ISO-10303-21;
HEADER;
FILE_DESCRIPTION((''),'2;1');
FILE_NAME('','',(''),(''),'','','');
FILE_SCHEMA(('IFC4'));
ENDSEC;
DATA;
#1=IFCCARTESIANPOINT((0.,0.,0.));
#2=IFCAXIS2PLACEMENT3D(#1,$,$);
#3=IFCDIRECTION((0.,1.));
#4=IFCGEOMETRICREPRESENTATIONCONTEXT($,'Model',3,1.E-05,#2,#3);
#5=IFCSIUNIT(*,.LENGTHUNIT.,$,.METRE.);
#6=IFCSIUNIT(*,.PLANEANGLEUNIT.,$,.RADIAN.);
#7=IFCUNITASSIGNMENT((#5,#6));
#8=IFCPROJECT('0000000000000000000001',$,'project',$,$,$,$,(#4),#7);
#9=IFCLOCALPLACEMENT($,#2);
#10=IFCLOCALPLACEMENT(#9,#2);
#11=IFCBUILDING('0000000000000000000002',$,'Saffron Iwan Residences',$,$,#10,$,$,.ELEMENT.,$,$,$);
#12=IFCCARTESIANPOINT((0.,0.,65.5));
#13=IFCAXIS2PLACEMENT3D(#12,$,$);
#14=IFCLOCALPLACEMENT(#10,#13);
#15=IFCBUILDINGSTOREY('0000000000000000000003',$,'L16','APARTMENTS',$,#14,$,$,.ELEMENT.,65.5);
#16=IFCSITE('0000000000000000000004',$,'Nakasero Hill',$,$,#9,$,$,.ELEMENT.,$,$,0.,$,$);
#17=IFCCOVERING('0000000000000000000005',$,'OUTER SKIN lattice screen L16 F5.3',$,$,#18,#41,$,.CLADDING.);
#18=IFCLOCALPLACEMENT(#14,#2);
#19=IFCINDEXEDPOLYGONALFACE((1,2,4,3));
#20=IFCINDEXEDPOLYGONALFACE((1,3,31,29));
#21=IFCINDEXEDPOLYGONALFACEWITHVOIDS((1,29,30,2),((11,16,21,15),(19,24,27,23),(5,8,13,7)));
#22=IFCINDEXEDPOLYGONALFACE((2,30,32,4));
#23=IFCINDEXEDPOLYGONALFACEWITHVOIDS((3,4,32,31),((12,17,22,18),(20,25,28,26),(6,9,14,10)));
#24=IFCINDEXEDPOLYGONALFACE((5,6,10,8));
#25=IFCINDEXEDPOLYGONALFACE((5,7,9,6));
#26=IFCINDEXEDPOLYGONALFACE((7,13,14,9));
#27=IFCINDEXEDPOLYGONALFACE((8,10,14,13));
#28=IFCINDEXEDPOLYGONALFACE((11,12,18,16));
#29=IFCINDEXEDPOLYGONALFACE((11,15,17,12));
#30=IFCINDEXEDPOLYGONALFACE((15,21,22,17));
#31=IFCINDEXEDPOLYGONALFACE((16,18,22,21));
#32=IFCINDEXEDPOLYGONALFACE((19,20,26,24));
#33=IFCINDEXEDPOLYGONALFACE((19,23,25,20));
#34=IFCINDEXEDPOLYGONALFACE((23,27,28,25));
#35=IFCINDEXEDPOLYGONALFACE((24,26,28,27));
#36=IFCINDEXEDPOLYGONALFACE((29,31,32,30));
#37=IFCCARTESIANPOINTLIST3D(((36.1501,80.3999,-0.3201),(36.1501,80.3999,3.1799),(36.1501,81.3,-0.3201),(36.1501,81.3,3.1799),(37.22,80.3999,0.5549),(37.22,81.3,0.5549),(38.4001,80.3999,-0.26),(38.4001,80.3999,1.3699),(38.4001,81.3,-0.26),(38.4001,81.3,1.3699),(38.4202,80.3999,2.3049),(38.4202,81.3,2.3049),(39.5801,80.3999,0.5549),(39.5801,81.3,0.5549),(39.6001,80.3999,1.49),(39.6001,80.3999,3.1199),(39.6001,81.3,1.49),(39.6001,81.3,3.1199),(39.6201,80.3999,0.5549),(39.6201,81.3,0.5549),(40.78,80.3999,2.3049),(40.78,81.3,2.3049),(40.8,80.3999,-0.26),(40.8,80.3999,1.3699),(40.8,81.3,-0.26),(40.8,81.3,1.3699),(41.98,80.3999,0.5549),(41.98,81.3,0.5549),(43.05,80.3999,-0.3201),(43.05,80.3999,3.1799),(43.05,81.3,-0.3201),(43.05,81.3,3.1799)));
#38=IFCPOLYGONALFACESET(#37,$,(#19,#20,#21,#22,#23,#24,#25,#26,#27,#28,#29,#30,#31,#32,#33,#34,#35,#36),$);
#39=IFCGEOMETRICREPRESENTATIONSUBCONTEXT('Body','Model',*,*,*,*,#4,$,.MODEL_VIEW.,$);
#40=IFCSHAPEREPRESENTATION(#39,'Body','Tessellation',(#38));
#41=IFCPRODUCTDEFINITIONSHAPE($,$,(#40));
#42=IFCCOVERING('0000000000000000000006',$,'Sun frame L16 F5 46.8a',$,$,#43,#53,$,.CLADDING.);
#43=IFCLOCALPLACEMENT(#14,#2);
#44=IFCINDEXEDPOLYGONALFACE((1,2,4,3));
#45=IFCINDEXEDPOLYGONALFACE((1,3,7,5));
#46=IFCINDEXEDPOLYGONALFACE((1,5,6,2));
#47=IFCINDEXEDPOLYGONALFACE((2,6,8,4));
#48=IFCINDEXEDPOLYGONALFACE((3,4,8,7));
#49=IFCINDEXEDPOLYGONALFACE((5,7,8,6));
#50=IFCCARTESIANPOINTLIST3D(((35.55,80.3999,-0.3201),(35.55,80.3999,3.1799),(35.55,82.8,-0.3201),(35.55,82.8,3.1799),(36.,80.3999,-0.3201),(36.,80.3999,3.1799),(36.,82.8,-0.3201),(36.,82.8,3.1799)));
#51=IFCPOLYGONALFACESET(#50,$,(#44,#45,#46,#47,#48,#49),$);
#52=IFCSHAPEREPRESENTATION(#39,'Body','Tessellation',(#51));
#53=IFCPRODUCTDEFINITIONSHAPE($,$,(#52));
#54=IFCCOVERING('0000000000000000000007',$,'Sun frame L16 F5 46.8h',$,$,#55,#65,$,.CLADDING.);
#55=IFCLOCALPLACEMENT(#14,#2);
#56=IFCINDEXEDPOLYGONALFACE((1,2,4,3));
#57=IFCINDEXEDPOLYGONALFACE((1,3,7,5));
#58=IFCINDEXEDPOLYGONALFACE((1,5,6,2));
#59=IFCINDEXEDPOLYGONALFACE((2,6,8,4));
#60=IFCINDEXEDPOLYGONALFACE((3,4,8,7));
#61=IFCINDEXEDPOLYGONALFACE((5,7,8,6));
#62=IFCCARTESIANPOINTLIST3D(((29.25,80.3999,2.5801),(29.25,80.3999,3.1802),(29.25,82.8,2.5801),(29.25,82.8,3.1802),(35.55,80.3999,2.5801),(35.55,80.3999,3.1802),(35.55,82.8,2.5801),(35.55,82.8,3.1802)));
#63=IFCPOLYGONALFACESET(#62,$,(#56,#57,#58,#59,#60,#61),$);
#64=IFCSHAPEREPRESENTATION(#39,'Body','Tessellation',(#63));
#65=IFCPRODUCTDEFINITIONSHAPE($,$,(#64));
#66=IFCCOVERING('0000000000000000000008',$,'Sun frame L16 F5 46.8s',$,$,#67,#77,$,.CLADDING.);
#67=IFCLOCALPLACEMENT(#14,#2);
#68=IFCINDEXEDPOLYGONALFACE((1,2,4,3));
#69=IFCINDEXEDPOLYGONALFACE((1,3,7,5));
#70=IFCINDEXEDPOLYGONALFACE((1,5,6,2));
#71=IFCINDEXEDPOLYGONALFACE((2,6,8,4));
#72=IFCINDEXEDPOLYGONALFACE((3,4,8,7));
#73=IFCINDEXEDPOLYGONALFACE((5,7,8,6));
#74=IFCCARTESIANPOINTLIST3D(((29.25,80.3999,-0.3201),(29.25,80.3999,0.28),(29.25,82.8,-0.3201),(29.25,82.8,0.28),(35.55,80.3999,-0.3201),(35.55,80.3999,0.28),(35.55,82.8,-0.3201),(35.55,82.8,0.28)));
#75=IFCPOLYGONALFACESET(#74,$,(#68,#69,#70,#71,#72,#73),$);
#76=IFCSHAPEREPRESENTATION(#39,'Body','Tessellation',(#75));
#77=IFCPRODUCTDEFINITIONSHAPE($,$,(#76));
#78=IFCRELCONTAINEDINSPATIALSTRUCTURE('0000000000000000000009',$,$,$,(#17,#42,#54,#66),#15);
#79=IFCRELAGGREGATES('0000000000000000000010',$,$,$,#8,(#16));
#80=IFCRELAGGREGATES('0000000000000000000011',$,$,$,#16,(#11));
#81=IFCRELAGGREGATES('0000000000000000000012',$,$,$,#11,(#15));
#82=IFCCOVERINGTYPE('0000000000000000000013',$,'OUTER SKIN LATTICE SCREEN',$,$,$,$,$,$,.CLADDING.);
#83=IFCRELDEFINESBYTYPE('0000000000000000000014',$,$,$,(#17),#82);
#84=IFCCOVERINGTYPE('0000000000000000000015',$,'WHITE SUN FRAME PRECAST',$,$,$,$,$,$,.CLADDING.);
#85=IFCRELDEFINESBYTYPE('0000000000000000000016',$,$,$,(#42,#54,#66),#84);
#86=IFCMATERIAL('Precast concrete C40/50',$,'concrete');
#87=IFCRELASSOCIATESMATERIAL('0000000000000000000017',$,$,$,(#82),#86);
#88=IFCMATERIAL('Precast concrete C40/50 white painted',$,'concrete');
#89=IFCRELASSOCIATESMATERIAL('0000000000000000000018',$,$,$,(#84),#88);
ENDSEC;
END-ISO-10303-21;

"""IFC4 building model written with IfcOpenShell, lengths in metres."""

from ifc_helpers import new_model, si_unit, direction, frame, origin, place, context, subcontext, project, spatial, polyline, outline, extrude, material, type_object, element, save


model = new_model("IFC4")

# Units and contexts
model_context = context("Model", 3, precision=1e-05, world=origin(), true_north=direction((0.0, 1.0)))
body_context = subcontext(model_context, "Body", "Model", "MODEL_VIEW")
ifc_project = project(units=[si_unit("LENGTHUNIT", "METRE"), si_unit("PLANEANGLEUNIT", "RADIAN")], contexts=[model_context])

# Site, building, storey
site_placement = place(None, origin())
site = spatial("IfcSite", under=ifc_project, at=site_placement, Name="Nakasero Hill", CompositionType="ELEMENT", RefElevation=0.0)
building_placement = place(site_placement, origin())
building = spatial("IfcBuilding", under=site, at=building_placement, Name="Saffron Iwan Residences", CompositionType="ELEMENT")
storey_placement = place(building_placement, frame((0.0, 0.0, 65.5)))
storey = spatial("IfcBuildingStorey", under=building, at=storey_placement, Name="L16", Description="APARTMENTS", CompositionType="ELEMENT", Elevation=65.5)

# Coverings
ifc_material_1 = material(Name="Precast concrete C40/50", Category="concrete")
covering_type_1 = type_object("IfcCoveringType", Name="OUTER SKIN LATTICE SCREEN", PredefinedType="CLADDING", material=ifc_material_1)
covering_1_placement = place(storey_placement, frame((43.05, 80.3999, -0.3201), z_axis=(0.0, 1.0, 0.0), x_axis=(-1.0, 0.0, 0.0)))
element("IfcCovering", 1, at=covering_1_placement, inside=storey, type_object=covering_type_1, Name="OUTER SKIN lattice screen L16 F5.3", PredefinedType="CLADDING", context=body_context, shape_type="SweptSolid", body=[
    extrude(outline(polyline([(0.0, 0.0), (6.8999, 0.0), (6.8999, 3.5), (0.0, 3.5), (0.0, 0.0)]), holes=[polyline([(1.0701, 0.875), (2.25, 0.0601), (3.4299, 0.875), (2.25, 1.6899), (1.0701, 0.875)]), polyline([(3.47, 0.875), (4.6499, 0.0601), (5.8301, 0.875), (4.6499, 1.6899), (3.47, 0.875)]), polyline([(2.27, 2.625), (3.45, 1.8101), (4.6299, 2.625), (3.45, 3.4399), (2.27, 2.625)])]), origin(), (0.0, 0.0, 1.0), 0.9001),
])
ifc_material_2 = material(Name="Precast concrete C40/50 white painted", Category="concrete")
covering_type_2 = type_object("IfcCoveringType", Name="WHITE SUN FRAME PRECAST", PredefinedType="CLADDING", material=ifc_material_2)
covering_2_placement = place(storey_placement, frame((36.0, 80.3999, -0.3201), z_axis=(0.0, 1.0, 0.0), x_axis=(-1.0, 0.0, 0.0)))
element("IfcCovering", 2, at=covering_2_placement, inside=storey, type_object=covering_type_2, Name="Sun frame L16 F5 46.8a", PredefinedType="CLADDING", context=body_context, shape_type="SweptSolid", body=[
    extrude(outline(polyline([(0.0, 0.0), (0.45, 0.0), (0.45, 3.5), (0.0, 3.5), (0.0, 0.0)])), origin(), (0.0, 0.0, 1.0), 2.4001),
])
for number, where, z_axis, x_axis, name in (
    (3, (35.55, 80.3999, 2.5801), (0.0, 1.0, 0.0), (-1.0, 0.0, 0.0), "Sun frame L16 F5 46.8h"),
    (4, (35.55, 80.3999, -0.3201), (0.0, 1.0, 0.0), (-1.0, 0.0, 0.0), "Sun frame L16 F5 46.8s"),
):
    element("IfcCovering", number, at=place(storey_placement, frame(where, z_axis=z_axis, x_axis=x_axis)), inside=storey, type_object=covering_type_2, Name=name, PredefinedType="CLADDING", context=body_context, shape_type="SweptSolid", body=[
        extrude(outline(polyline([(0.0, 0.0), (6.3, 0.0), (6.3, 0.6001), (0.0, 0.6001), (0.0, 0.0)])), origin(), (0.0, 0.0, 1.0), 2.4001),
    ])

save(model, "model.ifc")
